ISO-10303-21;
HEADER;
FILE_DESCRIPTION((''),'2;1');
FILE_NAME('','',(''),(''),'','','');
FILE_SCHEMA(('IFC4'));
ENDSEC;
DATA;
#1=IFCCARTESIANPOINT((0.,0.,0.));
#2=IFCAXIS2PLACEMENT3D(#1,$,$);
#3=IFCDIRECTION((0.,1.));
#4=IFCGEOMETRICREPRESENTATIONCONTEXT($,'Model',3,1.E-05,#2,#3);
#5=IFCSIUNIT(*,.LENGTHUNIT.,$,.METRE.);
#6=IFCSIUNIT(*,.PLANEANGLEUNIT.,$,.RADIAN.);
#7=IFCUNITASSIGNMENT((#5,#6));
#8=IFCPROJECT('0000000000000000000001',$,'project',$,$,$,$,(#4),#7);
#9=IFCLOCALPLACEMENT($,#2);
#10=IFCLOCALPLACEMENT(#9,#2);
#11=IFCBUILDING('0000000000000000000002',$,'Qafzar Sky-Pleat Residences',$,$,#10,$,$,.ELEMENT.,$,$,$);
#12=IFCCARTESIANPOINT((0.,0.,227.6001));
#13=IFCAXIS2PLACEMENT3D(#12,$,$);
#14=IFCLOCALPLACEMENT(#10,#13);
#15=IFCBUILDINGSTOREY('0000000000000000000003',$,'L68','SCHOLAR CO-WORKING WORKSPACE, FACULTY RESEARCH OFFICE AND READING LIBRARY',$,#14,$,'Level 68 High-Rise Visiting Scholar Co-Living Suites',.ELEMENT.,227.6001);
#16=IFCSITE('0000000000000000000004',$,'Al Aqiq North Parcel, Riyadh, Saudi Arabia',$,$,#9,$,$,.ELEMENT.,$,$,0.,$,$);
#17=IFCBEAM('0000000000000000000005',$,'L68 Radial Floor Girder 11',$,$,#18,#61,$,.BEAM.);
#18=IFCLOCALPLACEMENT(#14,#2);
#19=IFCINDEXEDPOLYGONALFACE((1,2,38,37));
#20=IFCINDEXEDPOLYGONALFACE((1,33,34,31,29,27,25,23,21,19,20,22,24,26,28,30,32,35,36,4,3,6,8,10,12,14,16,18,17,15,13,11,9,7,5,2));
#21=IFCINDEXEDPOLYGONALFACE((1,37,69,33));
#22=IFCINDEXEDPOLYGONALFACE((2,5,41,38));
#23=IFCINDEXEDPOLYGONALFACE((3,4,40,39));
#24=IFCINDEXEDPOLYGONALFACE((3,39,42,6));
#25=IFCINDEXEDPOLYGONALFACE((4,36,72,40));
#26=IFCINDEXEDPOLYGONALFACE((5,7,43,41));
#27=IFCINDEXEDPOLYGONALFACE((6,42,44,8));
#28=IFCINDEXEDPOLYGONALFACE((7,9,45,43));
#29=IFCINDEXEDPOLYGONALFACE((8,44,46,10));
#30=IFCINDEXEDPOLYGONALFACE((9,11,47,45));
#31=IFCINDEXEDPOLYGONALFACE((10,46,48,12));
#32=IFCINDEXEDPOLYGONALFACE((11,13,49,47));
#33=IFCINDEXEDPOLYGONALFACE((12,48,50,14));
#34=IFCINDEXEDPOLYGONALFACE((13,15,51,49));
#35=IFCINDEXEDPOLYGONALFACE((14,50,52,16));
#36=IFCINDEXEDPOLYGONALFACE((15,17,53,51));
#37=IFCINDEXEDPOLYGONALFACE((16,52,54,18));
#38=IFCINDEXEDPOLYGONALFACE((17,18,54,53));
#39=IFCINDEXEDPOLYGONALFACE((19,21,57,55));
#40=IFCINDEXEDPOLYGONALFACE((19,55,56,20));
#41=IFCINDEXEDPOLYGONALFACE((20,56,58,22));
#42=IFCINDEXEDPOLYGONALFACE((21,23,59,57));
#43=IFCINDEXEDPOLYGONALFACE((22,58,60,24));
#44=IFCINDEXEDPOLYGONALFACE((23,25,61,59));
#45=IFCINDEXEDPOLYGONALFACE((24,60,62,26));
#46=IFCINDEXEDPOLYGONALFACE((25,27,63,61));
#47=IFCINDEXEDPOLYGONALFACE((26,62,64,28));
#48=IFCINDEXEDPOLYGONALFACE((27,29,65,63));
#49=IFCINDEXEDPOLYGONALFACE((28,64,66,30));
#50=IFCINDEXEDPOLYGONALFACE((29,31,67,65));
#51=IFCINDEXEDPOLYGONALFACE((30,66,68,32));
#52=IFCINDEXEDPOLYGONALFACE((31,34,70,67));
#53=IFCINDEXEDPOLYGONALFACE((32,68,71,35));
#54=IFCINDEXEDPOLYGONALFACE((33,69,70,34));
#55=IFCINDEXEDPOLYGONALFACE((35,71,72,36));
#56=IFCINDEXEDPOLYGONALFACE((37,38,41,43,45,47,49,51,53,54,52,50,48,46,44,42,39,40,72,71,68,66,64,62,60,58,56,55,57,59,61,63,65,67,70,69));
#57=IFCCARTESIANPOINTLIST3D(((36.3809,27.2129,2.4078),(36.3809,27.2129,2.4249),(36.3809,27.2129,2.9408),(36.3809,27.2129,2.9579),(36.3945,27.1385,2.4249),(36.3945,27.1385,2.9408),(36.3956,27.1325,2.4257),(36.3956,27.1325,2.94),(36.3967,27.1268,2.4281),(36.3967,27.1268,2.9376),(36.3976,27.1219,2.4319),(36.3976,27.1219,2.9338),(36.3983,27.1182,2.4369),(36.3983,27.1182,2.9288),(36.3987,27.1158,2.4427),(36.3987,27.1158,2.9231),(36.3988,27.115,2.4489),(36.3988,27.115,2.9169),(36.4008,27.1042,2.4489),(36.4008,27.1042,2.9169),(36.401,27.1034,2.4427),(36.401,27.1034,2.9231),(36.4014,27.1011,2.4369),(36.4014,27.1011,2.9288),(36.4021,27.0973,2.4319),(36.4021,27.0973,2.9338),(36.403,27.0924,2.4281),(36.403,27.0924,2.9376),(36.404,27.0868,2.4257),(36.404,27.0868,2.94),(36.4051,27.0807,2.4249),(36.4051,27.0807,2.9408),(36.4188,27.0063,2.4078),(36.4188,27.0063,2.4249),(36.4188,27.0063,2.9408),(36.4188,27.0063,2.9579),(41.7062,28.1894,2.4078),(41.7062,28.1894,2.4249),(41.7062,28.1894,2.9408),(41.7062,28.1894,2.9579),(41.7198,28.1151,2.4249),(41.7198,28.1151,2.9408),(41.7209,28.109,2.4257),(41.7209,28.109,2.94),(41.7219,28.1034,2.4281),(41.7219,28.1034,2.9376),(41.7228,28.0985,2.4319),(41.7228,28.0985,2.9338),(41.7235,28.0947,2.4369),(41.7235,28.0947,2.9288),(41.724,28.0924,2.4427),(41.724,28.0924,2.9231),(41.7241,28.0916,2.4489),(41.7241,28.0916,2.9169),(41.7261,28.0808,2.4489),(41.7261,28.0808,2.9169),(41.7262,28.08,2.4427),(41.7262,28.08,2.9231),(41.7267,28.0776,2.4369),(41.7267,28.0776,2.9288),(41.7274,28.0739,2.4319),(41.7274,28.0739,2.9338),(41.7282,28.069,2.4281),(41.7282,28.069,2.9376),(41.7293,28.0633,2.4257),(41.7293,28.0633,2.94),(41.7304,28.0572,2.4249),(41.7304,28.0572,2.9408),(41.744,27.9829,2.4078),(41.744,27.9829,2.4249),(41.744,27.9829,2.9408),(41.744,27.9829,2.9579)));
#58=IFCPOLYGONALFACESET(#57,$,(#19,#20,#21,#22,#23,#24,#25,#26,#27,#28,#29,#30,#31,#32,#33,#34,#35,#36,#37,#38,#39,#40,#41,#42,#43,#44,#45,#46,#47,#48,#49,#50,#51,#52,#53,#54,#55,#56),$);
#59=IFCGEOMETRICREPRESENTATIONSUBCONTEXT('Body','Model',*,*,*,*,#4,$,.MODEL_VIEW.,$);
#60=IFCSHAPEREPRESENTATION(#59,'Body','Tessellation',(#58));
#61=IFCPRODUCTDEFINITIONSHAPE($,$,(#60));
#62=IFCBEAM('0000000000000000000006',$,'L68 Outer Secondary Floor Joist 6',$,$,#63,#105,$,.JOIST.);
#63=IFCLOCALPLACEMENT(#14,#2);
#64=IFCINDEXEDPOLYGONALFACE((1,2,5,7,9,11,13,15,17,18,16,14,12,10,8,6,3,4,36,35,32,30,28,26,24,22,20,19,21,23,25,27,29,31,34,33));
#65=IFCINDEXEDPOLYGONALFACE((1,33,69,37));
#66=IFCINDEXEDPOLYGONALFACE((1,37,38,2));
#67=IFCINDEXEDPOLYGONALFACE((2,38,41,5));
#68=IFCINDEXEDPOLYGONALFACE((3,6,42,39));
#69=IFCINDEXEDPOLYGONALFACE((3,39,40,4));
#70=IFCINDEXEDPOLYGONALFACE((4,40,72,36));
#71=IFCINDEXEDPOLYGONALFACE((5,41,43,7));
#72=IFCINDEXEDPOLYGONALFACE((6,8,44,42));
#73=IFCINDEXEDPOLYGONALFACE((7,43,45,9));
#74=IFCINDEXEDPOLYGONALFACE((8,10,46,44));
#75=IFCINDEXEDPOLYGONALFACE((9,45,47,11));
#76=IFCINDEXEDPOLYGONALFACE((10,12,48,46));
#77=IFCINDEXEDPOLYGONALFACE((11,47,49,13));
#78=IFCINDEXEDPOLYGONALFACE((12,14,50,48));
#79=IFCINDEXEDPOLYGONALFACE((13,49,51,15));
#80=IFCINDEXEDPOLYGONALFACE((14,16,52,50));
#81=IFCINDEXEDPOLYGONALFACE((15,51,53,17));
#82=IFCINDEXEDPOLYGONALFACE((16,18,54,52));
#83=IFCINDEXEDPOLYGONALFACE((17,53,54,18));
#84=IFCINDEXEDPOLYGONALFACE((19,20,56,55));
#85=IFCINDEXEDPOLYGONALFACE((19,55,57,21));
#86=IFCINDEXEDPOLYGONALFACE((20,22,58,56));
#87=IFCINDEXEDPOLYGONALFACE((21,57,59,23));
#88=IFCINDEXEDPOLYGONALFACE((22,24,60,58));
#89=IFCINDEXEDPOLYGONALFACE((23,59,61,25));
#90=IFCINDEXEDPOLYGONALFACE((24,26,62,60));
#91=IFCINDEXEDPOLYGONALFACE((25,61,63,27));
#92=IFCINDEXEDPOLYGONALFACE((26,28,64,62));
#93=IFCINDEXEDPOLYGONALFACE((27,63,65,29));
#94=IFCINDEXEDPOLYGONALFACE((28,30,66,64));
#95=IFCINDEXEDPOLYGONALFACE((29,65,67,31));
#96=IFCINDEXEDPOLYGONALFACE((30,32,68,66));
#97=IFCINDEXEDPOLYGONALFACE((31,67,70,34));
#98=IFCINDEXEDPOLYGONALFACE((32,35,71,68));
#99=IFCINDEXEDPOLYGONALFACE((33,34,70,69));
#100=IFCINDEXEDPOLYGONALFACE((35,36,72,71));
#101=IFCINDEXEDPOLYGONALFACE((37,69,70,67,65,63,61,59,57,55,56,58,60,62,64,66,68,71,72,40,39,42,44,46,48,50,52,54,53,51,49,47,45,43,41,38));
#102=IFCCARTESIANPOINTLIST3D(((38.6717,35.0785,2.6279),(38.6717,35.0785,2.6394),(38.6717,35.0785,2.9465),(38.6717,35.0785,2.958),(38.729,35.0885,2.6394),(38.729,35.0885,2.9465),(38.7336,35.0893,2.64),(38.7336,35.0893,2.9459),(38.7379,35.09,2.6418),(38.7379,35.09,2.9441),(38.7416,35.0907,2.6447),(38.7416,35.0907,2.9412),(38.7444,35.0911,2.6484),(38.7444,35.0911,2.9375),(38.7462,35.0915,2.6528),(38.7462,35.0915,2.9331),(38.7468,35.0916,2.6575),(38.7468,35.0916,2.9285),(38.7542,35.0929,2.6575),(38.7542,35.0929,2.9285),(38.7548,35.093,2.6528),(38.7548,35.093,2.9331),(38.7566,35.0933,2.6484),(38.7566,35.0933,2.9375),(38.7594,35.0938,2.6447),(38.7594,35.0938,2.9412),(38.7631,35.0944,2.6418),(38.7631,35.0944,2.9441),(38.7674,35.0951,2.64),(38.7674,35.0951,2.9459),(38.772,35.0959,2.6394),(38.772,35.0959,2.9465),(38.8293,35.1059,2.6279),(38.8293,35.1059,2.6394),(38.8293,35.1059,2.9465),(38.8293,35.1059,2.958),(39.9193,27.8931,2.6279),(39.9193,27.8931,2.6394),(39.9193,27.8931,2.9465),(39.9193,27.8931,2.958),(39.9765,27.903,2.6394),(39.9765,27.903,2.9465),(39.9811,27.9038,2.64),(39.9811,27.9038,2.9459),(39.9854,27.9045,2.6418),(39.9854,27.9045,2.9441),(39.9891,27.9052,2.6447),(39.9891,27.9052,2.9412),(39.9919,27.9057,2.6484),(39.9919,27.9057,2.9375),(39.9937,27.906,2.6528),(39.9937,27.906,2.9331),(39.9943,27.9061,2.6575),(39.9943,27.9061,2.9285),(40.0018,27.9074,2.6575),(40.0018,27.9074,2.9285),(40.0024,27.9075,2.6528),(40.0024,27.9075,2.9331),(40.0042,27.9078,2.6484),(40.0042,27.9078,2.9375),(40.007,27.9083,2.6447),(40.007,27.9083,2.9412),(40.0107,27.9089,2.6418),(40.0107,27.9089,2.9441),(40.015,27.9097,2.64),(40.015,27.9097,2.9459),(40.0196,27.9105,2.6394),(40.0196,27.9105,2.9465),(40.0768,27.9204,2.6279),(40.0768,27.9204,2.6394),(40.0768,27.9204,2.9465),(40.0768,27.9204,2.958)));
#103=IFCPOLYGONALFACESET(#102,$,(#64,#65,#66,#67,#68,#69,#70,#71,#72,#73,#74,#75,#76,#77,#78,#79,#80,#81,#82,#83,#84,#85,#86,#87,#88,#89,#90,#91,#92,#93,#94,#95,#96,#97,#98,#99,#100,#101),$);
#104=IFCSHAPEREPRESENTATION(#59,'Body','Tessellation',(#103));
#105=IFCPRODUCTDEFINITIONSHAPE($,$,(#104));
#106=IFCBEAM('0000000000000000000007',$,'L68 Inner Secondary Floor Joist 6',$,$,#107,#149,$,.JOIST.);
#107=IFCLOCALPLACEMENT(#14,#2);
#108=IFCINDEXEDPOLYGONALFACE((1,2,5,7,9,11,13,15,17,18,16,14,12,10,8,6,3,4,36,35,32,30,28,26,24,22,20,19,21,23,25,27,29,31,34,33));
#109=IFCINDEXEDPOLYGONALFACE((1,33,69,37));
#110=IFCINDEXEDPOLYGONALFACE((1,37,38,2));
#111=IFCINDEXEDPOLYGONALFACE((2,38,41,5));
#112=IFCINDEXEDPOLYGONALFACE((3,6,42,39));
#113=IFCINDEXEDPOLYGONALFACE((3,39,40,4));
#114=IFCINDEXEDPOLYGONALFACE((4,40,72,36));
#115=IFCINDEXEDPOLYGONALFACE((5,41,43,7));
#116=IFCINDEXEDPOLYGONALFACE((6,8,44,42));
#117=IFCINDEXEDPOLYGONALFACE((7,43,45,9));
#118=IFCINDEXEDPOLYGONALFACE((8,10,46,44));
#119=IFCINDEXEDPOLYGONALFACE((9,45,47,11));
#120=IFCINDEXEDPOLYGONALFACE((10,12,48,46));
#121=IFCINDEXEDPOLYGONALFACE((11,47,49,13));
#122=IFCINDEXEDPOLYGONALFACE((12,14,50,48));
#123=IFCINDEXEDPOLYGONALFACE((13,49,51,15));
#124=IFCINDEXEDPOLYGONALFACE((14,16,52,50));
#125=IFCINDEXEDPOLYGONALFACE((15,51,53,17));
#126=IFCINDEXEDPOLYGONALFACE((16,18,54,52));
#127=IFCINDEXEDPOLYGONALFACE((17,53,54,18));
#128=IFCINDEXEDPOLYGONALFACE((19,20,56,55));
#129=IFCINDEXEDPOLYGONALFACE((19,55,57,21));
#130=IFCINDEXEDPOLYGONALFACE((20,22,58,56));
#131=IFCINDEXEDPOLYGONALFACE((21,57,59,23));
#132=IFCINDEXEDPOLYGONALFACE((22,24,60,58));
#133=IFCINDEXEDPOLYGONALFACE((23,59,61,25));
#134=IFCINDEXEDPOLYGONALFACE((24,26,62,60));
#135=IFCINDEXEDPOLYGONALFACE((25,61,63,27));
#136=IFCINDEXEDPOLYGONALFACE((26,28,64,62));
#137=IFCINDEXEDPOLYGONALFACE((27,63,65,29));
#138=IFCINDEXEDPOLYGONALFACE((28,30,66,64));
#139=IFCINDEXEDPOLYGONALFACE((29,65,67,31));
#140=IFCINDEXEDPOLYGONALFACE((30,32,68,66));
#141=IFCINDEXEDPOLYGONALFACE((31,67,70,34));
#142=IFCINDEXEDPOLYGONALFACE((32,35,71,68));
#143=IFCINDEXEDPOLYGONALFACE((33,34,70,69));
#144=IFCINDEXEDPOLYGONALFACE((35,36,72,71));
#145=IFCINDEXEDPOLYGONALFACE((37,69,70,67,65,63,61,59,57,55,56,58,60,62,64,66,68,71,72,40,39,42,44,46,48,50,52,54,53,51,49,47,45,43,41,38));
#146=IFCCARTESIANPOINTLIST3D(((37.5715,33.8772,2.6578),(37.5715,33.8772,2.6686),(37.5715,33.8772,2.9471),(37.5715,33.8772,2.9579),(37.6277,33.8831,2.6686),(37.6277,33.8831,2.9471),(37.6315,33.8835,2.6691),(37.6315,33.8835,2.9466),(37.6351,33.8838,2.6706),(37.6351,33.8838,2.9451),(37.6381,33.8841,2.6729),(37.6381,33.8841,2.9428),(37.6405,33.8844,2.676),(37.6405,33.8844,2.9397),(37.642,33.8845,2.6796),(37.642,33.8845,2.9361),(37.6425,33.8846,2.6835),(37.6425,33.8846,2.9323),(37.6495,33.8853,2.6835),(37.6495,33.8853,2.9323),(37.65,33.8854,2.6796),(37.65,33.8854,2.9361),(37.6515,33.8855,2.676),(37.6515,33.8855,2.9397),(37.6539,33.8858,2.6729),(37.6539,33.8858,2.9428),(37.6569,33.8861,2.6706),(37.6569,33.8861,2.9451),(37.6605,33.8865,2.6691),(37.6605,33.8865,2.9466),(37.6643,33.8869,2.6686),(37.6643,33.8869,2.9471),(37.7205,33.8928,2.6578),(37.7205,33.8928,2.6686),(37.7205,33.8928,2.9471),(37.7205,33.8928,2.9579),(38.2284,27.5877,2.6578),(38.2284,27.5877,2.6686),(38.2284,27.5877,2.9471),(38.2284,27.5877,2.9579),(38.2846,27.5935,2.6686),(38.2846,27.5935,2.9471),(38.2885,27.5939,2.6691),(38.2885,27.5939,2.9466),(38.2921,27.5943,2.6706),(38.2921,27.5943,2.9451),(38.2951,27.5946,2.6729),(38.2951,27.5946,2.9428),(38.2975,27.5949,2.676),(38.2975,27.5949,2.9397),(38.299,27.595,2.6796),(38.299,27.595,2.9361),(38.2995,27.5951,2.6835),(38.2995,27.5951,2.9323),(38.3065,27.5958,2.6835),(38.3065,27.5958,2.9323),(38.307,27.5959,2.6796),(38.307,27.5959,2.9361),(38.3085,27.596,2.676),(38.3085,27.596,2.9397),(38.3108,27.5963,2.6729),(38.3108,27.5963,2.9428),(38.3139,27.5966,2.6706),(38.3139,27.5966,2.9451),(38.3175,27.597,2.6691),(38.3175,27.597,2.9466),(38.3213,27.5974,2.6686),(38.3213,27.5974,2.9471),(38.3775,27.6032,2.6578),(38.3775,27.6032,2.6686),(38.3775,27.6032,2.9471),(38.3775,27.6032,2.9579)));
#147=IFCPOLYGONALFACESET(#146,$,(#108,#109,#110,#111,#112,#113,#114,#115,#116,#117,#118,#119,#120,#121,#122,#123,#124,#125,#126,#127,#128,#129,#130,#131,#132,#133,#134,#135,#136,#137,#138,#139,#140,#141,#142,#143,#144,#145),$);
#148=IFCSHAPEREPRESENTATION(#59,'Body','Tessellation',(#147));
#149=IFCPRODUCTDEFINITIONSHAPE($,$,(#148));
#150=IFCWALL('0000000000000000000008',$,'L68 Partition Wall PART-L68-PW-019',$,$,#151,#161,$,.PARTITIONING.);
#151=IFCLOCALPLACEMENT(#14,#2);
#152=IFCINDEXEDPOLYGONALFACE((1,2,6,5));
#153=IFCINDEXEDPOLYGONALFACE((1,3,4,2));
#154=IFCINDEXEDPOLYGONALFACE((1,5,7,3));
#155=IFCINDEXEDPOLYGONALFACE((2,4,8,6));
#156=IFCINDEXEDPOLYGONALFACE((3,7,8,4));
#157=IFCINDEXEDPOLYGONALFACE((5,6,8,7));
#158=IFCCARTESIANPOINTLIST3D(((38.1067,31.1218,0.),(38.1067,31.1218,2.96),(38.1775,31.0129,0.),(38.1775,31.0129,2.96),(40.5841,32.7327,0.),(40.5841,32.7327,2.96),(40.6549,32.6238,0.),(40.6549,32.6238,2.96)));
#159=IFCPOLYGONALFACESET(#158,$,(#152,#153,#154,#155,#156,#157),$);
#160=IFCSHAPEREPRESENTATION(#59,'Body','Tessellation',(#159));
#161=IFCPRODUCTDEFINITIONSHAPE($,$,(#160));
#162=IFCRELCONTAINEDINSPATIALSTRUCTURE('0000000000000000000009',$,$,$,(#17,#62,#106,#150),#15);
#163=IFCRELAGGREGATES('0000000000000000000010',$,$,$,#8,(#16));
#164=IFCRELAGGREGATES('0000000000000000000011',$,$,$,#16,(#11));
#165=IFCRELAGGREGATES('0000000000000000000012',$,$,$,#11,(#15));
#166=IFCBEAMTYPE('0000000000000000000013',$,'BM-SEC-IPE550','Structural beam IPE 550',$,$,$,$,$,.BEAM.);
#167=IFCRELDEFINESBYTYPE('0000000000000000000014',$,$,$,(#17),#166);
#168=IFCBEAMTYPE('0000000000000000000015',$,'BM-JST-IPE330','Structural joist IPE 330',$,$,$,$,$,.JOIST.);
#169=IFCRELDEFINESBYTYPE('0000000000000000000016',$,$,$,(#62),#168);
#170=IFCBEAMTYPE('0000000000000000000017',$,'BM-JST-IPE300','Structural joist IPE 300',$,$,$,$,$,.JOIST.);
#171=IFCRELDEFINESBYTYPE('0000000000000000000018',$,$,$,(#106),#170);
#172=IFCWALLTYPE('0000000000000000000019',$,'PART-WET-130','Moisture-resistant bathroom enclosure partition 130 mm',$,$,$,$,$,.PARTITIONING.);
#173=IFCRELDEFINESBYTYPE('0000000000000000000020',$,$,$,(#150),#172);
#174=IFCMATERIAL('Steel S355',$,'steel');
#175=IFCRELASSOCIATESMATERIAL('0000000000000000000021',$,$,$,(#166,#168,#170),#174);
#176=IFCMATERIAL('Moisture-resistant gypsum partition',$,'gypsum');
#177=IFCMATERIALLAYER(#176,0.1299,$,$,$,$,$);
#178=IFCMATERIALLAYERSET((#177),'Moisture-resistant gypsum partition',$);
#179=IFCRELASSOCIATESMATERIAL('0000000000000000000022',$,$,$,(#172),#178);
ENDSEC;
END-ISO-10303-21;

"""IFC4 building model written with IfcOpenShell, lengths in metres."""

from ifc_helpers import new_model, si_unit, direction, frame, frame_2d, origin, origin_2d, place, context, subcontext, project, spatial, rectangle, i_section, extrude, source, transform, mapped, material, layer, layer_set, material_profile, profile_set, type_object, element, save


model = new_model("IFC4")

# Units and contexts
model_context = context("Model", 3, precision=1e-05, world=origin(), true_north=direction((0.0, 1.0)))
body_context = subcontext(model_context, "Body", "Model", "MODEL_VIEW")
ifc_project = project(units=[si_unit("LENGTHUNIT", "METRE"), si_unit("PLANEANGLEUNIT", "RADIAN")], contexts=[model_context])

# Site, building, storey
site_placement = place(None, origin())
site = spatial("IfcSite", under=ifc_project, at=site_placement, Name="Al Aqiq North Parcel, Riyadh, Saudi Arabia", CompositionType="ELEMENT", RefElevation=0.0)
building_placement = place(site_placement, origin())
building = spatial("IfcBuilding", under=site, at=building_placement, Name="Qafzar Sky-Pleat Residences", CompositionType="ELEMENT")
storey_placement = place(building_placement, frame((0.0, 0.0, 227.6001)))
storey = spatial("IfcBuildingStorey", under=building, at=storey_placement, Name="L68", Description="SCHOLAR CO-WORKING WORKSPACE, FACULTY RESEARCH OFFICE AND READING LIBRARY", LongName="Level 68 High-Rise Visiting Scholar Co-Living Suites", CompositionType="ELEMENT", Elevation=227.6001)

# Shared definitions
ifc_material_1 = material(Name="Steel S355", Category="steel")

# Beams
ifc_material_profile_1 = material_profile(ifc_material_1, i_section(OverallWidth=0.21, OverallDepth=0.55, WebThickness=0.011, FlangeThickness=0.0171, FilletRadius=0.0239, at=origin_2d()), Name="IPE 550")
ifc_profile_set_1 = profile_set([ifc_material_profile_1], Name="Steel S355")
beam_type_1 = type_object("IfcBeamType", Name="BM-SEC-IPE550", Description="Structural beam IPE 550", PredefinedType="BEAM", material=ifc_profile_set_1)
shared_shape_1 = source(origin(), body_context, "Body", "SweptSolid", [
    extrude(i_section(OverallWidth=0.21, OverallDepth=0.55, WebThickness=0.011, FlangeThickness=0.0171, FilletRadius=0.0239, at=origin_2d()), origin(), (0.0, 0.0, 1.0), 5.4141),
])
beam_1_placement = place(storey_placement, frame((41.7251, 28.0862, 2.6829), z_axis=(-0.983597, -0.180377, 0.0), x_axis=(0.180377, -0.983597, 0.0)))
element("IfcBeam", 1, at=beam_1_placement, inside=storey, type_object=beam_type_1, Name="L68 Radial Floor Girder 11", PredefinedType="BEAM", context=body_context, shape_type="MappedRepresentation", body=[
    mapped(shared_shape_1, transform((0.0, 0.0, 0.0), x_axis=(1.0, 0.0, 0.0), y_axis=(0.0, 1.0, 0.0), z_axis=(0.0, 0.0, 1.0), scale=1.0)),
])
ifc_material_profile_2 = material_profile(ifc_material_1, i_section(OverallWidth=0.1599, OverallDepth=0.3301, WebThickness=0.0076, FlangeThickness=0.0115, FilletRadius=0.0181, at=origin_2d()), Name="IPE 330")
ifc_profile_set_2 = profile_set([ifc_material_profile_2], Name="Steel S355")
beam_type_2 = type_object("IfcBeamType", Name="BM-JST-IPE330", Description="Structural joist IPE 330", PredefinedType="JOIST", material=ifc_profile_set_2)
shared_shape_2 = source(origin(), body_context, "Body", "SweptSolid", [
    extrude(i_section(OverallWidth=0.1599, OverallDepth=0.3301, WebThickness=0.0076, FlangeThickness=0.0115, FilletRadius=0.0181, at=origin_2d()), origin(), (0.0, 0.0, 1.0), 7.293),
])
beam_2_placement = place(storey_placement, frame((39.998, 27.9067, 2.793), z_axis=(-0.171061, 0.98526, 0.0), x_axis=(-0.98526, -0.171061, 0.0)))
element("IfcBeam", 2, at=beam_2_placement, inside=storey, type_object=beam_type_2, Name="L68 Outer Secondary Floor Joist 6", PredefinedType="JOIST", context=body_context, shape_type="MappedRepresentation", body=[
    mapped(shared_shape_2, transform((0.0, 0.0, 0.0), x_axis=(1.0, 0.0, 0.0), y_axis=(0.0, 1.0, 0.0), z_axis=(0.0, 0.0, 1.0), scale=1.0)),
])
ifc_material_profile_3 = material_profile(ifc_material_1, i_section(OverallWidth=0.1499, OverallDepth=0.3, WebThickness=0.0071, FlangeThickness=0.0107, FilletRadius=0.0149, at=origin_2d()), Name="IPE 300")
ifc_profile_set_3 = profile_set([ifc_material_profile_3], Name="Steel S355")
beam_type_3 = type_object("IfcBeamType", Name="BM-JST-IPE300", Description="Structural joist IPE 300", PredefinedType="JOIST", material=ifc_profile_set_3)
shared_shape_3 = source(origin(), body_context, "Body", "SweptSolid", [
    extrude(i_section(OverallWidth=0.1499, OverallDepth=0.3, WebThickness=0.0071, FlangeThickness=0.0107, FilletRadius=0.0149, at=origin_2d()), origin(), (0.0, 0.0, 1.0), 6.3237),
])
beam_3_placement = place(storey_placement, frame((38.303, 27.5955, 2.8079), z_axis=(-0.103891, 0.994589, 0.0), x_axis=(-0.994589, -0.103891, 0.0)))
element("IfcBeam", 3, at=beam_3_placement, inside=storey, type_object=beam_type_3, Name="L68 Inner Secondary Floor Joist 6", PredefinedType="JOIST", context=body_context, shape_type="MappedRepresentation", body=[
    mapped(shared_shape_3, transform((0.0, 0.0, 0.0), x_axis=(1.0, 0.0, 0.0), y_axis=(0.0, 1.0, 0.0), z_axis=(0.0, 0.0, 1.0), scale=1.0)),
])

# Wall
ifc_material_2 = material(Name="Moisture-resistant gypsum partition", Category="gypsum")
ifc_layer_1 = layer(ifc_material_2, 0.1299)
ifc_layer_set_1 = layer_set([ifc_layer_1], Name="Moisture-resistant gypsum partition")
wall_type_1 = type_object("IfcWallType", Name="PART-WET-130", Description="Moisture-resistant bathroom enclosure partition 130 mm", PredefinedType="PARTITIONING", material=ifc_layer_set_1)
wall_1_placement = place(storey_placement, frame((38.1421, 31.0674, 0.0), z_axis=(0.0, 0.0, 1.0), x_axis=(0.838351, 0.545131, 0.0)))
element("IfcWall", 4, at=wall_1_placement, inside=storey, type_object=wall_type_1, Name="L68 Partition Wall PART-L68-PW-019", PredefinedType="PARTITIONING", context=body_context, shape_type="SweptSolid", body=[
    extrude(rectangle(XDim=2.9551, YDim=0.1299, at=frame_2d((1.4775, 0.0))), origin(), (0.0, 0.0, 1.0), 2.96),
])

save(model, "model.ifc")
